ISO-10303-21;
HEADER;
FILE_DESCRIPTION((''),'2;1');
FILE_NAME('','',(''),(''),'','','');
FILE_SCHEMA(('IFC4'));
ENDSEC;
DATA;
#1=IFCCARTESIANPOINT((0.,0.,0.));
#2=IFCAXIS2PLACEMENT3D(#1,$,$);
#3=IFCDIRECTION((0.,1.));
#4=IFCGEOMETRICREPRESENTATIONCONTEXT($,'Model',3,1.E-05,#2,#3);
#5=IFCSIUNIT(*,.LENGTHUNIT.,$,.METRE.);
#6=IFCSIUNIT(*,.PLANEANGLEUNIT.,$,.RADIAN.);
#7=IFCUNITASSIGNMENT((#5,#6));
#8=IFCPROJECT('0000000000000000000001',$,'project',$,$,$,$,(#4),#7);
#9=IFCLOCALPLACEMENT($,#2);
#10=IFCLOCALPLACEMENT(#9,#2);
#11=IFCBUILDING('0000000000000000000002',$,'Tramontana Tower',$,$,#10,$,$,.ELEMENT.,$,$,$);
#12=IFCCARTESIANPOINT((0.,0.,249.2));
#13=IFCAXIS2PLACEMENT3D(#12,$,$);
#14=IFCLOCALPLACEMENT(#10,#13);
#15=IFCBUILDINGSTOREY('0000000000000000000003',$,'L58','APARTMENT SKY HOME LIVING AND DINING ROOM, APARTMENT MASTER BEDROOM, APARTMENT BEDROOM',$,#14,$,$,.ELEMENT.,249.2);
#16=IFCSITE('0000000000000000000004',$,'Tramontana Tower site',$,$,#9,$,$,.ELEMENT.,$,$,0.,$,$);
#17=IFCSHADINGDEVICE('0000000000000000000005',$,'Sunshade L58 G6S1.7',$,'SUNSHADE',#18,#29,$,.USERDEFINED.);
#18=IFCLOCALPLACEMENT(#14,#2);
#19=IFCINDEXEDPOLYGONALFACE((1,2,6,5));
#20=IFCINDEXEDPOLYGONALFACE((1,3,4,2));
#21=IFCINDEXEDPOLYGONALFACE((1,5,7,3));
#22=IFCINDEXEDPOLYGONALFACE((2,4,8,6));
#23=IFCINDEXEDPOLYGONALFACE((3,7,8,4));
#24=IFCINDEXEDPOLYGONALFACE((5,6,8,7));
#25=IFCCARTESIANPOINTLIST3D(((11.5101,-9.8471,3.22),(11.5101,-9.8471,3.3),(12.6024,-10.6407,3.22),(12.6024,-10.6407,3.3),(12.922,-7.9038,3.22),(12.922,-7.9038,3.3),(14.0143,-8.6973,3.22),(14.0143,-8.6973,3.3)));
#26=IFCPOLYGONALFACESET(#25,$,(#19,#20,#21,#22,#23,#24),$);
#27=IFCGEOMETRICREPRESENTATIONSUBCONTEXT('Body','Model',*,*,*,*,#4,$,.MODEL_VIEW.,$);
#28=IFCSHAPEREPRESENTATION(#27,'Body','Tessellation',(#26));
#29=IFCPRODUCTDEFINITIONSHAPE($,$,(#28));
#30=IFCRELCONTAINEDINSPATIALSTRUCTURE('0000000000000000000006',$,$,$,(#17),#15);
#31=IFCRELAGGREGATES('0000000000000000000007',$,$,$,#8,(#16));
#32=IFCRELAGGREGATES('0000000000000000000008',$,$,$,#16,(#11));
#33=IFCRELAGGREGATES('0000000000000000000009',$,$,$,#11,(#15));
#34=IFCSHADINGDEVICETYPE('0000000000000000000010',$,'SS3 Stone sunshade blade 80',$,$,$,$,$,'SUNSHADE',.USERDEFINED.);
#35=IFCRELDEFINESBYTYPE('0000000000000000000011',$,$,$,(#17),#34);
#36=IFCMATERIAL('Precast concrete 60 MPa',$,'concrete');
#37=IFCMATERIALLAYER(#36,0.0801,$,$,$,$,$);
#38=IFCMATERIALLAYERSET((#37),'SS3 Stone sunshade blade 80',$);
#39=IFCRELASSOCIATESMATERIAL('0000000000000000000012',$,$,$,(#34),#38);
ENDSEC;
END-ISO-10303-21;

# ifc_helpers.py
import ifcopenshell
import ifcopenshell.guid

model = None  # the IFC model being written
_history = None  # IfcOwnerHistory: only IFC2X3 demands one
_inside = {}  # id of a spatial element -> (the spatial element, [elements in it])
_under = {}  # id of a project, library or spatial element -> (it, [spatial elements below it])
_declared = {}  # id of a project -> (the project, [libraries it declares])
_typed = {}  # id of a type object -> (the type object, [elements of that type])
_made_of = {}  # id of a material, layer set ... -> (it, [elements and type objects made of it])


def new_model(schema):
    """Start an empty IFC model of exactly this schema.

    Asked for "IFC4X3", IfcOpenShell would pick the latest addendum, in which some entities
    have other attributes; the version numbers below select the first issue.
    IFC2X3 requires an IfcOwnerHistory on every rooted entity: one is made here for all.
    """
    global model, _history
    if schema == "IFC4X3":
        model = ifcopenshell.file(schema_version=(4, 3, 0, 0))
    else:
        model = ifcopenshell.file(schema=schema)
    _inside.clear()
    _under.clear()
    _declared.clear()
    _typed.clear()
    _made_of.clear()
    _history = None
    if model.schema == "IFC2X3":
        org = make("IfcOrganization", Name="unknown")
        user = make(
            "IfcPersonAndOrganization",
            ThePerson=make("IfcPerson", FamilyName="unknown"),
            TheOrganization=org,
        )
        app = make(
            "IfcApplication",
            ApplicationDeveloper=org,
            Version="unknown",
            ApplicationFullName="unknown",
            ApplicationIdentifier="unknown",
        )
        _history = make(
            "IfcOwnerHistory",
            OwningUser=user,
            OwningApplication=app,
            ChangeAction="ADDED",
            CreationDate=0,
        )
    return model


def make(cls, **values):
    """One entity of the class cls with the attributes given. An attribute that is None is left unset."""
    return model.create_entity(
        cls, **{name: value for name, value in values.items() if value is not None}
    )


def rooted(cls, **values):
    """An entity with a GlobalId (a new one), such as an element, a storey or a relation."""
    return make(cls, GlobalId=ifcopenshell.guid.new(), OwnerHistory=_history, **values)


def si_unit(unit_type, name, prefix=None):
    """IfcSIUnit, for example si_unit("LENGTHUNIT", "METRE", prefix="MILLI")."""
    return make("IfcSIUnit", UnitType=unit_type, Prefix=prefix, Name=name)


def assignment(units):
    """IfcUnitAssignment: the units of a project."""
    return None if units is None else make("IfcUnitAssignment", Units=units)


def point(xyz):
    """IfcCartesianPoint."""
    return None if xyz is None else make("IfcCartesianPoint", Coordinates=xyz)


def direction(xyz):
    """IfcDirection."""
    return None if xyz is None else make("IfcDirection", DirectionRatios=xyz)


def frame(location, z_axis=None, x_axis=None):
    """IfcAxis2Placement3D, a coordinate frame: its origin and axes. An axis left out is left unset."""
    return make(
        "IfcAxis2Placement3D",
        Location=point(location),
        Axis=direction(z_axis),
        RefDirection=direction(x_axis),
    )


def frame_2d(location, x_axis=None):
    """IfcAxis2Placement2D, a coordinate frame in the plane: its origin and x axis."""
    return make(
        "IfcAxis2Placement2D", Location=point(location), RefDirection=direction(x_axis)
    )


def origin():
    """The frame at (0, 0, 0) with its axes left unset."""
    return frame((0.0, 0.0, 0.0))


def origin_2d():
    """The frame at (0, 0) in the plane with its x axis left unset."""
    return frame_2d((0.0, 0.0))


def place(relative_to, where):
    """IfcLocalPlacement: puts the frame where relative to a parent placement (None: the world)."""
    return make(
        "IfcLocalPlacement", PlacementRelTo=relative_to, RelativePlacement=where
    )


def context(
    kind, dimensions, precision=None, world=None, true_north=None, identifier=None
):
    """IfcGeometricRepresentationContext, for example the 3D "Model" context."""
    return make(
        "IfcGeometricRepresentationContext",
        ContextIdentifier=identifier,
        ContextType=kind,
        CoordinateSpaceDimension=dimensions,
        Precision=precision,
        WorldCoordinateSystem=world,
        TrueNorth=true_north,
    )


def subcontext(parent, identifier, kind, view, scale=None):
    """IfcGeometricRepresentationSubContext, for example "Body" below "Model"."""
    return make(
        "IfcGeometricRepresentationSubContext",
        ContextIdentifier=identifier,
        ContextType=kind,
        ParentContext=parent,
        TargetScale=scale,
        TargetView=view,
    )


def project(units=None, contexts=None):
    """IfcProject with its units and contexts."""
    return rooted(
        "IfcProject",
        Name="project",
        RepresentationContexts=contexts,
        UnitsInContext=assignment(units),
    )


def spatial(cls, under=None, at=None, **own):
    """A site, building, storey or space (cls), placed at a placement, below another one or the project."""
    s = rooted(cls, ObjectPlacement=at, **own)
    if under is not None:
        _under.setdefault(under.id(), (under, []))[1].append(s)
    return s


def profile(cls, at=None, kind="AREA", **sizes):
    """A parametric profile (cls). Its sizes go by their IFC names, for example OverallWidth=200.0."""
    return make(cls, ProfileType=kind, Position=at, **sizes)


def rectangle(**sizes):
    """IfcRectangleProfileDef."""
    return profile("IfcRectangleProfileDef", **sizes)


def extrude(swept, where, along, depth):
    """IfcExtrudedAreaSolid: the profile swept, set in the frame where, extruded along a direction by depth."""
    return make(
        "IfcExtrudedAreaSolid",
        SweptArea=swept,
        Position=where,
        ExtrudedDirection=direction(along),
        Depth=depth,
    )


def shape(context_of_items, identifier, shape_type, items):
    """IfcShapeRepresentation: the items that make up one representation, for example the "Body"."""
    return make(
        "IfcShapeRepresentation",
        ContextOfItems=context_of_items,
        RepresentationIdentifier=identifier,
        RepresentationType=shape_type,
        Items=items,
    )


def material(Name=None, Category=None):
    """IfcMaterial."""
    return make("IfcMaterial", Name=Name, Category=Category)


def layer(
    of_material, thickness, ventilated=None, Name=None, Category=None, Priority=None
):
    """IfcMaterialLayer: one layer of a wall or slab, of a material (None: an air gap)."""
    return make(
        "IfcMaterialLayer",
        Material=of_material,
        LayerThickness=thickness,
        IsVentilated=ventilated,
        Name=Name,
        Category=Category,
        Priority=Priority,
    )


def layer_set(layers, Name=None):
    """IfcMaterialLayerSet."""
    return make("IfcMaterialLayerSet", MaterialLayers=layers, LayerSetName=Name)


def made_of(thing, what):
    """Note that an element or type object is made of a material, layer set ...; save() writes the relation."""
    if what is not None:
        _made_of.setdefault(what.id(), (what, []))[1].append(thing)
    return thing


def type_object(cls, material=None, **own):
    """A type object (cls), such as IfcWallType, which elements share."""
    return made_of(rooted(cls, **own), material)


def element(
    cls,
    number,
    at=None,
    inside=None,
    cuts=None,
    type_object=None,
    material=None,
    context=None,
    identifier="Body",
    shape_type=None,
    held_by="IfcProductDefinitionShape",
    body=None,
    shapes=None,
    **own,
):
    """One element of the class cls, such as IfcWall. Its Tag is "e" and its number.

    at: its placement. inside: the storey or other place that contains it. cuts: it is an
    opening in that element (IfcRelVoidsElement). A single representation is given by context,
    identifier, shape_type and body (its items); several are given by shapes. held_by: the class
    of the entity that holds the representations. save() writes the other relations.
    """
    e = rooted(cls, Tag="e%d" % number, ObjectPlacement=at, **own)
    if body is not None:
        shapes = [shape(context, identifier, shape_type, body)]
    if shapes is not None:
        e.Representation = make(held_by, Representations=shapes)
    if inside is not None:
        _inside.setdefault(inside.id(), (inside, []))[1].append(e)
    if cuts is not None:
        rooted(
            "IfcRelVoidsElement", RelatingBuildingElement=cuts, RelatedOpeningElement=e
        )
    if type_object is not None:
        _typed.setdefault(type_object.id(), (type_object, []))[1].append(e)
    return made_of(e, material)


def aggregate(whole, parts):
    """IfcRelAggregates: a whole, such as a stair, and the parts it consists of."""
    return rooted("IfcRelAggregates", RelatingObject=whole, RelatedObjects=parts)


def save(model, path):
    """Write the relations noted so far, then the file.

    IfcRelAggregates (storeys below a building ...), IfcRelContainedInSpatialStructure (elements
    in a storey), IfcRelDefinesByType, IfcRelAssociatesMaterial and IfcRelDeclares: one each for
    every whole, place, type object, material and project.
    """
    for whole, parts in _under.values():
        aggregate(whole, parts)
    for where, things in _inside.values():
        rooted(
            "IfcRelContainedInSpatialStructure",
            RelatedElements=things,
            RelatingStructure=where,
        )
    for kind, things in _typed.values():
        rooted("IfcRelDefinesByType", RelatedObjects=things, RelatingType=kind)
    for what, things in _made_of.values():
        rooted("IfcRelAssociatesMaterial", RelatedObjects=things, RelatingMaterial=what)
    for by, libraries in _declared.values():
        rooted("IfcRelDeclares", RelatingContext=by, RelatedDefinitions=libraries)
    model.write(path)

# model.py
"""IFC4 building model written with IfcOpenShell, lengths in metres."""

from ifc_helpers import new_model, si_unit, direction, frame, origin, origin_2d, place, context, subcontext, project, spatial, rectangle, extrude, material, layer, layer_set, type_object, element, save


model = new_model("IFC4")

# Units and contexts
model_context = context("Model", 3, precision=1e-05, world=origin(), true_north=direction((0.0, 1.0)))
body_context = subcontext(model_context, "Body", "Model", "MODEL_VIEW")
ifc_project = project(units=[si_unit("LENGTHUNIT", "METRE"), si_unit("PLANEANGLEUNIT", "RADIAN")], contexts=[model_context])

# Site, building, storey
site_placement = place(None, origin())
site = spatial("IfcSite", under=ifc_project, at=site_placement, Name="Tramontana Tower site", CompositionType="ELEMENT", RefElevation=0.0)
building_placement = place(site_placement, origin())
building = spatial("IfcBuilding", under=site, at=building_placement, Name="Tramontana Tower", CompositionType="ELEMENT")
storey_placement = place(building_placement, frame((0.0, 0.0, 249.2)))
storey = spatial("IfcBuildingStorey", under=building, at=storey_placement, Name="L58", Description="APARTMENT SKY HOME LIVING AND DINING ROOM, APARTMENT MASTER BEDROOM, APARTMENT BEDROOM", CompositionType="ELEMENT", Elevation=249.2)

# Shading device
ifc_material_1 = material(Name="Precast concrete 60 MPa", Category="concrete")
ifc_layer_1 = layer(ifc_material_1, 0.0801)
ifc_layer_set_1 = layer_set([ifc_layer_1], Name="SS3 Stone sunshade blade 80")
shading_device_type = type_object("IfcShadingDeviceType", Name="SS3 Stone sunshade blade 80", ElementType="SUNSHADE", PredefinedType="USERDEFINED", material=ifc_layer_set_1)
shading_device_placement = place(storey_placement, frame((12.7622, -9.2722, 3.22), z_axis=(0.0, 0.0, 1.0), x_axis=(0.587785, 0.809017, 0.0)))
element("IfcShadingDevice", 1, at=shading_device_placement, inside=storey, type_object=shading_device_type, Name="Sunshade L58 G6S1.7", ObjectType="SUNSHADE", PredefinedType="USERDEFINED", context=body_context, shape_type="SweptSolid", body=[
    extrude(rectangle(XDim=2.4021, YDim=1.3501, at=origin_2d()), origin(), (0.0, 0.0, 1.0), 0.0801),
])

save(model, "model.ifc")
